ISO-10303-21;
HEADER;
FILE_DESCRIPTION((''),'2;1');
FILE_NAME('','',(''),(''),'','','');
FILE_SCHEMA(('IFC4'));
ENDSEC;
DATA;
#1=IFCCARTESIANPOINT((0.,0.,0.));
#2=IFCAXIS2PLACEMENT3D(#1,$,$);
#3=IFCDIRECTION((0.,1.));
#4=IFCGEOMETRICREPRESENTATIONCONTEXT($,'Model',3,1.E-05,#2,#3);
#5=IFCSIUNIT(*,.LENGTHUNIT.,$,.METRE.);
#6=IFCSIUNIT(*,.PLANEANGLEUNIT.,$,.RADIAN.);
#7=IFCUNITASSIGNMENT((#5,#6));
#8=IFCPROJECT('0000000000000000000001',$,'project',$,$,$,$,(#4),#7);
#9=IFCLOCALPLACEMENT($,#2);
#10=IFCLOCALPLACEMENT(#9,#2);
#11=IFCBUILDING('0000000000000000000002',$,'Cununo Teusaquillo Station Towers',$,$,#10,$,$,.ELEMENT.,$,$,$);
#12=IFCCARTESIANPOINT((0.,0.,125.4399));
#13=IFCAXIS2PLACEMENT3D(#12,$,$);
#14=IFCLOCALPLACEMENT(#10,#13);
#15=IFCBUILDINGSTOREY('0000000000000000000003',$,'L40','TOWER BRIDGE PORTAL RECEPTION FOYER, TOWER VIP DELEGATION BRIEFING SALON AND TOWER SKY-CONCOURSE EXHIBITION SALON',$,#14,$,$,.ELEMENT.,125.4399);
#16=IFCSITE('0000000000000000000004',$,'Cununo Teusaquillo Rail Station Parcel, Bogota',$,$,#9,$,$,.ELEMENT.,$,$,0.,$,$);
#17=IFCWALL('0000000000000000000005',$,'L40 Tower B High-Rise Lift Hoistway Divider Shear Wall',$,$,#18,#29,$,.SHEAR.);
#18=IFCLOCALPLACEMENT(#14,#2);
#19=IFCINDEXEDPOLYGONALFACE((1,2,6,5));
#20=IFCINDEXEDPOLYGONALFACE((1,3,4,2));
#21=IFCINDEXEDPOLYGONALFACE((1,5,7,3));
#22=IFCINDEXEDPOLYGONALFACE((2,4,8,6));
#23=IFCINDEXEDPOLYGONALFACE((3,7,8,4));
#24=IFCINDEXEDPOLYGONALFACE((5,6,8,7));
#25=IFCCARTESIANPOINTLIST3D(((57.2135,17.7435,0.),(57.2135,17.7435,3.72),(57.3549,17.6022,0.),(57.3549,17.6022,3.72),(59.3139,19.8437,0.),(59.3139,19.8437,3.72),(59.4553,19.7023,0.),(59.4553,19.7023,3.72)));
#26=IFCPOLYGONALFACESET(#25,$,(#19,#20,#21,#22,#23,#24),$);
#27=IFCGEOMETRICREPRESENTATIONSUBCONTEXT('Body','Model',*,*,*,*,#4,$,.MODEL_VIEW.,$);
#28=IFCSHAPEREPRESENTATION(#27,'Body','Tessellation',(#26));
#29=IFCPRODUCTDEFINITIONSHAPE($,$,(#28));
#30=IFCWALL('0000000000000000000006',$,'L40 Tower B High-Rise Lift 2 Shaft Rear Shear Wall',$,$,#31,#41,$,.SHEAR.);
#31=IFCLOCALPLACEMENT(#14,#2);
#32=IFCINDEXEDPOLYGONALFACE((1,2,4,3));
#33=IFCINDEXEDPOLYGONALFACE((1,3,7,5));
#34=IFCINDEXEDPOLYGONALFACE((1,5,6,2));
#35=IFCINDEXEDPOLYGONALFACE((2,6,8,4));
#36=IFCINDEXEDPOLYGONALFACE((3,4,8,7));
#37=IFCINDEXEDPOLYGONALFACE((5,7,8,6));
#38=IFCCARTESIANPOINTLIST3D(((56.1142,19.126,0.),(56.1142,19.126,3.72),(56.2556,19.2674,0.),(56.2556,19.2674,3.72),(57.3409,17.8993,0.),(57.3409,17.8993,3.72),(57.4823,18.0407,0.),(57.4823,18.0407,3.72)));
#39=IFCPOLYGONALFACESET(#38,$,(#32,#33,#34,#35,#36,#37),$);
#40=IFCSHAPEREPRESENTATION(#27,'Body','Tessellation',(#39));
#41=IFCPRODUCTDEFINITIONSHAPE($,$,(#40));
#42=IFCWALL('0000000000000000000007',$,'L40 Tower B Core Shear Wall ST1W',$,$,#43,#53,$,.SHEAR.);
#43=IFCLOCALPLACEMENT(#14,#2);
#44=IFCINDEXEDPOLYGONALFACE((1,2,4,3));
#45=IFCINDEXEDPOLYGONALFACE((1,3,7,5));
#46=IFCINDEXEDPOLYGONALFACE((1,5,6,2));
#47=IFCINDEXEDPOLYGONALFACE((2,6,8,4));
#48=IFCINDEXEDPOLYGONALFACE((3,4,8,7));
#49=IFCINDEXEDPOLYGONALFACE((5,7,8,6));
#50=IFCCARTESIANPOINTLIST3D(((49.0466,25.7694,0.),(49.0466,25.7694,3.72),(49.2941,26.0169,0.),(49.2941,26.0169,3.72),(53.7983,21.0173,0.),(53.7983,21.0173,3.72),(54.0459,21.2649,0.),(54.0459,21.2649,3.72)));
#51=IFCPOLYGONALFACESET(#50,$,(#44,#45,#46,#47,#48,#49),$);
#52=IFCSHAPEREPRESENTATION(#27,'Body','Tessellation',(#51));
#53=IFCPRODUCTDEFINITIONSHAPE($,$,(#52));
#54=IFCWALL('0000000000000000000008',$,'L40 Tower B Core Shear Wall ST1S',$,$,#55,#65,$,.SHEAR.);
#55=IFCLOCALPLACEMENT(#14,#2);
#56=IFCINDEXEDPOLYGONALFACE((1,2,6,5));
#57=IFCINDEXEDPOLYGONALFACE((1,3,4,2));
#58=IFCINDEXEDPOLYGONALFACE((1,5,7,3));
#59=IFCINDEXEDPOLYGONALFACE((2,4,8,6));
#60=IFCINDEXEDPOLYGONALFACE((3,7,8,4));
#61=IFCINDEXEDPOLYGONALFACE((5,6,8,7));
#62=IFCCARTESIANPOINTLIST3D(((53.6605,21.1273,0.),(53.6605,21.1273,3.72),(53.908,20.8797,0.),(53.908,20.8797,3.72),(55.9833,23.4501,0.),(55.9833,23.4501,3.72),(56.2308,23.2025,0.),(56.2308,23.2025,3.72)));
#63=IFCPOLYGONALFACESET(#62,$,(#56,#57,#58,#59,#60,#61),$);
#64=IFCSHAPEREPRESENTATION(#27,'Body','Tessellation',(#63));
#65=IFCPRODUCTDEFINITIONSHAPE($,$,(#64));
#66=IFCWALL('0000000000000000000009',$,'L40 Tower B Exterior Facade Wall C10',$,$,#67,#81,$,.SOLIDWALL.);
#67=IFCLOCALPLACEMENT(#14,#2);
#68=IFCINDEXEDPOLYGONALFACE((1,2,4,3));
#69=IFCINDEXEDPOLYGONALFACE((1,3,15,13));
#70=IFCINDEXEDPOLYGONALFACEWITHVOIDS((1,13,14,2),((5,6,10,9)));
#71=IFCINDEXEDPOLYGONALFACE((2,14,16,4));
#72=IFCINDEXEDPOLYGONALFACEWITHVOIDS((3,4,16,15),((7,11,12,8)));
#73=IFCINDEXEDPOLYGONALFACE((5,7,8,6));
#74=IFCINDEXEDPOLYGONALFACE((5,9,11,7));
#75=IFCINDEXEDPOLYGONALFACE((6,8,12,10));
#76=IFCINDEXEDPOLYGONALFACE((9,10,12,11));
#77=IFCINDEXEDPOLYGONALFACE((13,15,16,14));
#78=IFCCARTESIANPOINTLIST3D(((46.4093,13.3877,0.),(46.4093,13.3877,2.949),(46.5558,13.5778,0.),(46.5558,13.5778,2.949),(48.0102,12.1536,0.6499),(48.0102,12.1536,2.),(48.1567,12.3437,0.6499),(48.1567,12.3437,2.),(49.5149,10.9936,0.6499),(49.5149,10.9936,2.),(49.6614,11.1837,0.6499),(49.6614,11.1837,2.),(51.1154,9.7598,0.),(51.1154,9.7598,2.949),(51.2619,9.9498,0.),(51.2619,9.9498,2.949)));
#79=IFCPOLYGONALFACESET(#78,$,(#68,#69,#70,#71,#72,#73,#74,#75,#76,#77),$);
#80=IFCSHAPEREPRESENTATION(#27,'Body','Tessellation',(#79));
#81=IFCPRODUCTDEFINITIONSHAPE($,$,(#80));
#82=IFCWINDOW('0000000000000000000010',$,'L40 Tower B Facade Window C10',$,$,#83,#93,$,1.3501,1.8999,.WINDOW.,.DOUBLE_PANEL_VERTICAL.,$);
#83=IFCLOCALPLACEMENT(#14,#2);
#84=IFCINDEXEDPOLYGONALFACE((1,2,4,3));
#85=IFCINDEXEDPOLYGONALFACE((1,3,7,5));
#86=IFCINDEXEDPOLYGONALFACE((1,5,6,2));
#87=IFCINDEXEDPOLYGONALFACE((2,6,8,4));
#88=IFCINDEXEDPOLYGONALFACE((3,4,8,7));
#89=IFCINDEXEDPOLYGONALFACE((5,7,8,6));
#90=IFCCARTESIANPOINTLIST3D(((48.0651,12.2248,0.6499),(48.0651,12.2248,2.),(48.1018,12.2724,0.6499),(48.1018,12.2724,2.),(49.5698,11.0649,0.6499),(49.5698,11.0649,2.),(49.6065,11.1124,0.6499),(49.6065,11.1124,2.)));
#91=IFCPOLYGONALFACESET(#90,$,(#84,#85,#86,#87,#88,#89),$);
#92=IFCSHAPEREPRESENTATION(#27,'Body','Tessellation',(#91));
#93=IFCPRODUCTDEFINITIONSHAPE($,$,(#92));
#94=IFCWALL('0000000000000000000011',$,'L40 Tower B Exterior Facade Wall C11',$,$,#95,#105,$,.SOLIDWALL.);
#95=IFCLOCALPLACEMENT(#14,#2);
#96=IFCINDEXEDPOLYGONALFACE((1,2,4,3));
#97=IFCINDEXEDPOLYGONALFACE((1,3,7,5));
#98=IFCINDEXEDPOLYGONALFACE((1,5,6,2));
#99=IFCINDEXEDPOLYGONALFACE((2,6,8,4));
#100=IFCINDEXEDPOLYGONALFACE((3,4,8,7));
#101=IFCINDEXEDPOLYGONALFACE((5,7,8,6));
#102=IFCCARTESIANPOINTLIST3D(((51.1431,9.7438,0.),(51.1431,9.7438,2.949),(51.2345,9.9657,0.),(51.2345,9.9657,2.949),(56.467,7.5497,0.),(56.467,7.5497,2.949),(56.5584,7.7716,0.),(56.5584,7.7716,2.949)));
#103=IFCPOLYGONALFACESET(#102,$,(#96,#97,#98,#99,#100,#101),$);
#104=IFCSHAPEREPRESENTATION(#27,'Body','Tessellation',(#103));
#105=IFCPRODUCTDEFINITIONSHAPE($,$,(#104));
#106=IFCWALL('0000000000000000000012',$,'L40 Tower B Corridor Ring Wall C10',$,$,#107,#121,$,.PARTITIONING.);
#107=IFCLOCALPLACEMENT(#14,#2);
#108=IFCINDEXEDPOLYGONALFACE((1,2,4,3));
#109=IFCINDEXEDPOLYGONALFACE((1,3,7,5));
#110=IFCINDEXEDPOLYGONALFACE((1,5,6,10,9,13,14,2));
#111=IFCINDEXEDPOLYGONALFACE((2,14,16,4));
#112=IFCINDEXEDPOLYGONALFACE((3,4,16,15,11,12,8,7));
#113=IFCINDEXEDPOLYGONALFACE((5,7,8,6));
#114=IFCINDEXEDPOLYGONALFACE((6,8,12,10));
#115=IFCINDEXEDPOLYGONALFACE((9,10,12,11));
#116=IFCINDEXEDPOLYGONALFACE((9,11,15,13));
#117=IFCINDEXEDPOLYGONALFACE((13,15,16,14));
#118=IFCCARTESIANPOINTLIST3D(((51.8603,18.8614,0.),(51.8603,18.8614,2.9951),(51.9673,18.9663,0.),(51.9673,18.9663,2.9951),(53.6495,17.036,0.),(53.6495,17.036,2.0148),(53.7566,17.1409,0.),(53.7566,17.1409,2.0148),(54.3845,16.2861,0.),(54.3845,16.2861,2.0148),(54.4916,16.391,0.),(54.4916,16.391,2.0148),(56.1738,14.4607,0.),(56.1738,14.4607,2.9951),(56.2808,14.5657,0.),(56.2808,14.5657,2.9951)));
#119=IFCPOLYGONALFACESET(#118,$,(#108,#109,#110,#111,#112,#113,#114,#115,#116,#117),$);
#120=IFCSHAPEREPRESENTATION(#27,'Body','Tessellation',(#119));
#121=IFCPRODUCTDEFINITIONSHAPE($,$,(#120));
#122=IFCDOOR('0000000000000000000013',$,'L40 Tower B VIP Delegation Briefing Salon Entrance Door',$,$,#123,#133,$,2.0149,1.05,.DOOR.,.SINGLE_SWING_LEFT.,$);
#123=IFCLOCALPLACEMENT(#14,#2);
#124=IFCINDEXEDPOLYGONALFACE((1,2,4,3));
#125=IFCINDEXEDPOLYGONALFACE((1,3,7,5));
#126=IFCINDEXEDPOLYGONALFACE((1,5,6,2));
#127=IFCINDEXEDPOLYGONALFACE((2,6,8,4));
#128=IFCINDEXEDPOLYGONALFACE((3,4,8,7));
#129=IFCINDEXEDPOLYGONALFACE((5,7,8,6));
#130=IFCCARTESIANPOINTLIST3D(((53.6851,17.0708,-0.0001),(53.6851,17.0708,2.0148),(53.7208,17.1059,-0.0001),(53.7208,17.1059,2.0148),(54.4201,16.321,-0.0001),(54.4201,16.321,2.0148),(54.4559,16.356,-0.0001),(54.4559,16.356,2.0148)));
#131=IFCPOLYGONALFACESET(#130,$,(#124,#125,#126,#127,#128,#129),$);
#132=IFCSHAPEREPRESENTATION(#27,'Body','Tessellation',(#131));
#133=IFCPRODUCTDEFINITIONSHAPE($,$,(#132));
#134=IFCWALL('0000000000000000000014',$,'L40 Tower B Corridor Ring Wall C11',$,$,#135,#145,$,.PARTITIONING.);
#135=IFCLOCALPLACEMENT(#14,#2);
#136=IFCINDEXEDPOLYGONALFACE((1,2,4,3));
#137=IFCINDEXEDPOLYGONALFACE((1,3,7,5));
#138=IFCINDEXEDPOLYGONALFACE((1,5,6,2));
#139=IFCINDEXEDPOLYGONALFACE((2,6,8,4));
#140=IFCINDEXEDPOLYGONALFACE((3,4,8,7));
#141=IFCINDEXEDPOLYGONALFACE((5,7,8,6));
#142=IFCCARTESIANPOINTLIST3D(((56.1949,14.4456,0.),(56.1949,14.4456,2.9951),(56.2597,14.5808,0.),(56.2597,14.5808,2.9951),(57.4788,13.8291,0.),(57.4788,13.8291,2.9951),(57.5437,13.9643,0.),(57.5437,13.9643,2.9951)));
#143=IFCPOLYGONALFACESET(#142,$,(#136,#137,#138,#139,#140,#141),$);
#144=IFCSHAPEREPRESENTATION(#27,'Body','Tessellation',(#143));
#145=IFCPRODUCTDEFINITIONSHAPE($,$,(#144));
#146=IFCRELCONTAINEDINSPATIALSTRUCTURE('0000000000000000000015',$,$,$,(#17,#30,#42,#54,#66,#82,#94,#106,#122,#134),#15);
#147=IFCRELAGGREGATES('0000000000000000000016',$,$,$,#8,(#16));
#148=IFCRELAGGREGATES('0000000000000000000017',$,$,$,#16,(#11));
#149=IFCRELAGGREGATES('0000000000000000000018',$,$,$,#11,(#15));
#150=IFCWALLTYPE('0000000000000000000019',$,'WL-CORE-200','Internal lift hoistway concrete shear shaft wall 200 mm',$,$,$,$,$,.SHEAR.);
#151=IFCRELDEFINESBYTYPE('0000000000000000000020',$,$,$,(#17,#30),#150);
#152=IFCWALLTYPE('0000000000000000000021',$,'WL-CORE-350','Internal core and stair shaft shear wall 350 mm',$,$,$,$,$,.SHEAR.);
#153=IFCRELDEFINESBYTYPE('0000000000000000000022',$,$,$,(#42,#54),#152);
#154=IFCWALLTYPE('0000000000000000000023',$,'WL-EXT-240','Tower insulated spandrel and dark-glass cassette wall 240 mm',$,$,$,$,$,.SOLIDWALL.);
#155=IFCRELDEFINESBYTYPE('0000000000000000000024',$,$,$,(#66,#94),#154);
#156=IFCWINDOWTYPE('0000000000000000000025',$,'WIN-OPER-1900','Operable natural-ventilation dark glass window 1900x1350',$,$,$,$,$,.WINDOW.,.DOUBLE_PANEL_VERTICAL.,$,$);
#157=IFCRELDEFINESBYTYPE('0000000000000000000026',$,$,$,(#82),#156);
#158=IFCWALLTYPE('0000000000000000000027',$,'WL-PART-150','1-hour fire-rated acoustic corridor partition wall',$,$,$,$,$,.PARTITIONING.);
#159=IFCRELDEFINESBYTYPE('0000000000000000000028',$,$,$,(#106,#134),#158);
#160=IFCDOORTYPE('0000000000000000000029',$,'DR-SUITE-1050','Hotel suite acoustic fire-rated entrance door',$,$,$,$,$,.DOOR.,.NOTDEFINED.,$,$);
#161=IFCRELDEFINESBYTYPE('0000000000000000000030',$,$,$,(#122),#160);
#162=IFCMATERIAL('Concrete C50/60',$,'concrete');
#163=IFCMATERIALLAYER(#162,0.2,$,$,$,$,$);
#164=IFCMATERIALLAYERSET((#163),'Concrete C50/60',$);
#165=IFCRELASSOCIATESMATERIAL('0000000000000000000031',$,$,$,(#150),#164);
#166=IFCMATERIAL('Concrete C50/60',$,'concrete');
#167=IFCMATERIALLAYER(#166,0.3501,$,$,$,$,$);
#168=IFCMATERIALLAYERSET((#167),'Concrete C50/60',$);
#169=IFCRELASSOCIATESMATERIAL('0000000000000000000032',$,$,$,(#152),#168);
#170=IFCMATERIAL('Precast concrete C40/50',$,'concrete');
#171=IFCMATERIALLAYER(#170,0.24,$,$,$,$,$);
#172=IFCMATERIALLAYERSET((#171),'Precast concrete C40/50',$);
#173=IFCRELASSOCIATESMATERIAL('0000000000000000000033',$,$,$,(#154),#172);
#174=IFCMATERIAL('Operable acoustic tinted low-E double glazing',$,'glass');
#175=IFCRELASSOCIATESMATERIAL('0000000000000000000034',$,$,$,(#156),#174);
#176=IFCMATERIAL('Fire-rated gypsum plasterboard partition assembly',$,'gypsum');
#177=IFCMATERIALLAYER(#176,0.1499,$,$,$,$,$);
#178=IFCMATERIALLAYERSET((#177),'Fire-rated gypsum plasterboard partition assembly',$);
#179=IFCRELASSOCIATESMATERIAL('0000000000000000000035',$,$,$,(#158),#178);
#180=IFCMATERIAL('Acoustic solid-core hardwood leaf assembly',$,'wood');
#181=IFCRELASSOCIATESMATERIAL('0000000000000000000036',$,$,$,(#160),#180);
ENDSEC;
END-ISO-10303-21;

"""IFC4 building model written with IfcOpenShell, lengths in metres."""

from ifc_helpers import new_model, si_unit, direction, frame, frame_2d, origin, place, context, subcontext, project, spatial, rectangle, extrude, source, transform, mapped, material, layer, layer_set, type_object, element, fill, save


model = new_model("IFC4")

# Units and contexts
model_context = context("Model", 3, precision=1e-05, world=origin(), true_north=direction((0.0, 1.0)))
body_context = subcontext(model_context, "Body", "Model", "MODEL_VIEW")
ifc_project = project(units=[si_unit("LENGTHUNIT", "METRE"), si_unit("PLANEANGLEUNIT", "RADIAN")], contexts=[model_context])

# Site, building, storey
site_placement = place(None, origin())
site = spatial("IfcSite", under=ifc_project, at=site_placement, Name="Cununo Teusaquillo Rail Station Parcel, Bogota", CompositionType="ELEMENT", RefElevation=0.0)
building_placement = place(site_placement, origin())
building = spatial("IfcBuilding", under=site, at=building_placement, Name="Cununo Teusaquillo Station Towers", CompositionType="ELEMENT")
storey_placement = place(building_placement, frame((0.0, 0.0, 125.4399)))
storey = spatial("IfcBuildingStorey", under=building, at=storey_placement, Name="L40", Description="TOWER BRIDGE PORTAL RECEPTION FOYER, TOWER VIP DELEGATION BRIEFING SALON AND TOWER SKY-CONCOURSE EXHIBITION SALON", CompositionType="ELEMENT", Elevation=125.4399)

# Walls
ifc_material_1 = material(Name="Concrete C50/60", Category="concrete")
ifc_layer_1 = layer(ifc_material_1, 0.2)
ifc_layer_set_1 = layer_set([ifc_layer_1], Name="Concrete C50/60")
wall_type_1 = type_object("IfcWallType", Name="WL-CORE-200", Description="Internal lift hoistway concrete shear shaft wall 200 mm", PredefinedType="SHEAR", material=ifc_layer_set_1)
wall_1_placement = place(storey_placement, frame((57.2842, 17.6729, 0.0), z_axis=(0.0, 0.0, 1.0), x_axis=(0.707148, 0.707066, 0.0)))
element("IfcWall", 1, at=wall_1_placement, inside=storey, type_object=wall_type_1, Name="L40 Tower B High-Rise Lift Hoistway Divider Shear Wall", PredefinedType="SHEAR", context=body_context, shape_type="SweptSolid", body=[
    extrude(rectangle(XDim=2.9702, YDim=0.2, at=frame_2d((1.4851, 0.0))), origin(), (0.0, 0.0, 1.0), 3.72),
])
wall_2_placement = place(storey_placement, frame((57.4116, 17.97, 0.0), z_axis=(0.0, 0.0, 1.0), x_axis=(-0.707107, 0.707107, 0.0)))
element("IfcWall", 2, at=wall_2_placement, inside=storey, type_object=wall_type_1, Name="L40 Tower B High-Rise Lift 2 Shaft Rear Shear Wall", PredefinedType="SHEAR", context=body_context, shape_type="SweptSolid", body=[
    extrude(rectangle(XDim=1.7349, YDim=0.2, at=frame_2d((0.8674, 0.0))), origin(), (0.0, 0.0, 1.0), 3.72),
])
ifc_material_2 = material(Name="Concrete C50/60", Category="concrete")
ifc_layer_2 = layer(ifc_material_2, 0.3501)
ifc_layer_set_2 = layer_set([ifc_layer_2], Name="Concrete C50/60")
wall_type_2 = type_object("IfcWallType", Name="WL-CORE-350", Description="Internal core and stair shaft shear wall 350 mm", PredefinedType="SHEAR", material=ifc_layer_set_2)
wall_3_placement = place(storey_placement, frame((53.9221, 21.1411, 0.0), z_axis=(0.0, 0.0, 1.0), x_axis=(-0.707089, 0.707125, 0.0)))
element("IfcWall", 3, at=wall_3_placement, inside=storey, type_object=wall_type_2, Name="L40 Tower B Core Shear Wall ST1W", PredefinedType="SHEAR", context=body_context, shape_type="SweptSolid", body=[
    extrude(rectangle(XDim=6.7202, YDim=0.3501, at=frame_2d((3.3601, 0.0))), origin(), (0.0, 0.0, 1.0), 3.72),
])
wall_4_placement = place(storey_placement, frame((53.7842, 21.0034, 0.0), z_axis=(0.0, 0.0, 1.0), x_axis=(0.707107, 0.707107, 0.0)))
element("IfcWall", 4, at=wall_4_placement, inside=storey, type_object=wall_type_2, Name="L40 Tower B Core Shear Wall ST1S", PredefinedType="SHEAR", context=body_context, shape_type="SweptSolid", body=[
    extrude(rectangle(XDim=3.2849, YDim=0.3501, at=frame_2d((1.6426, 0.0))), origin(), (0.0, 0.0, 1.0), 3.72),
])

# Wall, opening, window
ifc_material_3 = material(Name="Precast concrete C40/50", Category="concrete")
ifc_layer_3 = layer(ifc_material_3, 0.24)
ifc_layer_set_3 = layer_set([ifc_layer_3], Name="Precast concrete C40/50")
wall_type_3 = type_object("IfcWallType", Name="WL-EXT-240", Description="Tower insulated spandrel and dark-glass cassette wall 240 mm", PredefinedType="SOLIDWALL", material=ifc_layer_set_3)
wall_5_placement = place(storey_placement, frame((51.1887, 9.8547, 0.0), z_axis=(0.0, 0.0, 1.0), x_axis=(-0.791982, 0.610544, 0.0)))
wall_5 = element("IfcWall", 5, at=wall_5_placement, inside=storey, type_object=wall_type_3, Name="L40 Tower B Exterior Facade Wall C10", PredefinedType="SOLIDWALL", context=body_context, shape_type="SweptSolid", body=[
    extrude(rectangle(XDim=5.9421, YDim=0.24, at=frame_2d((2.9712, 0.0))), origin(), (0.0, 0.0, 1.0), 2.949),
])
shared_shape_1 = source(origin(), body_context, "Body", "SweptSolid", [
    extrude(rectangle(XDim=1.8999, YDim=1.3501, at=frame_2d((0.95, 0.675))), frame((0.0, 0.1299, 0.0), z_axis=(0.0, -1.0, 0.0), x_axis=(1.0, 0.0, 0.0)), (0.0, 0.0, 1.0), 0.26),
])
opening_1_placement = place(wall_5_placement, frame((2.021, 0.0, 0.6499)))
opening_1 = element("IfcOpeningElement", 6, at=opening_1_placement, cuts=wall_5, PredefinedType="OPENING", context=body_context, shape_type="MappedRepresentation", body=[
    mapped(shared_shape_1, transform((0.0, 0.0, 0.0), x_axis=(1.0, 0.0, 0.0), y_axis=(0.0, 1.0, 0.0), z_axis=(0.0, 0.0, 1.0), scale=1.0)),
])
ifc_material_4 = material(Name="Operable acoustic tinted low-E double glazing", Category="glass")
window_type = type_object("IfcWindowType", Name="WIN-OPER-1900", Description="Operable natural-ventilation dark glass window 1900x1350", PartitioningType="DOUBLE_PANEL_VERTICAL", PredefinedType="WINDOW", material=ifc_material_4)
shared_shape_2 = source(origin(), body_context, "Body", "SweptSolid", [
    extrude(rectangle(XDim=1.8999, YDim=1.3501, at=frame_2d((0.95, 0.675))), frame((0.0, 0.03, 0.0), z_axis=(0.0, -1.0, 0.0), x_axis=(1.0, 0.0, 0.0)), (0.0, 0.0, 1.0), 0.0601),
])
window_placement = place(opening_1_placement, origin())
window = element("IfcWindow", 7, at=window_placement, inside=storey, type_object=window_type, Name="L40 Tower B Facade Window C10", OverallHeight=1.3501, OverallWidth=1.8999, PartitioningType="DOUBLE_PANEL_VERTICAL", PredefinedType="WINDOW", context=body_context, shape_type="MappedRepresentation", body=[
    mapped(shared_shape_2, transform((0.0, 0.0, 0.0), x_axis=(1.0, 0.0, 0.0), y_axis=(0.0, 1.0, 0.0), z_axis=(0.0, 0.0, 1.0), scale=1.0)),
])
fill(opening_1, window)

# Wall
wall_6_placement = place(storey_placement, frame((56.5127, 7.6606, 0.0), z_axis=(0.0, 0.0, 1.0), x_axis=(-0.924564, 0.381027, 0.0)))
element("IfcWall", 8, at=wall_6_placement, inside=storey, type_object=wall_type_3, Name="L40 Tower B Exterior Facade Wall C11", PredefinedType="SOLIDWALL", context=body_context, shape_type="SweptSolid", body=[
    extrude(rectangle(XDim=5.7583, YDim=0.24, at=frame_2d((2.8792, 0.0))), origin(), (0.0, 0.0, 1.0), 2.949),
])

# Wall, opening, door
ifc_material_5 = material(Name="Fire-rated gypsum plasterboard partition assembly", Category="gypsum")
ifc_layer_4 = layer(ifc_material_5, 0.1499)
ifc_layer_set_4 = layer_set([ifc_layer_4], Name="Fire-rated gypsum plasterboard partition assembly")
wall_type_4 = type_object("IfcWallType", Name="WL-PART-150", Description="1-hour fire-rated acoustic corridor partition wall", PredefinedType="PARTITIONING", material=ifc_layer_set_4)
wall_7_placement = place(storey_placement, frame((51.9138, 18.9138, 0.0), z_axis=(0.0, 0.0, 1.0), x_axis=(0.699999, -0.714144, 0.0)))
wall_7 = element("IfcWall", 9, at=wall_7_placement, inside=storey, type_object=wall_type_4, Name="L40 Tower B Corridor Ring Wall C10", PredefinedType="PARTITIONING", context=body_context, shape_type="SweptSolid", body=[
    extrude(rectangle(XDim=6.1621, YDim=0.1499, at=frame_2d((3.0811, 0.0))), origin(), (0.0, 0.0, 1.0), 2.9951),
])
shared_shape_3 = source(origin(), body_context, "Body", "SweptSolid", [
    extrude(rectangle(XDim=1.05, YDim=2.0149, at=frame_2d((0.5249, 1.0073))), frame((0.0, 0.085, 0.0), z_axis=(0.0, -1.0, 0.0), x_axis=(1.0, 0.0, 0.0)), (0.0, 0.0, 1.0), 0.1699),
])
opening_2_placement = place(wall_7_placement, frame((2.5562, 0.0, 0.0)))
opening_2 = element("IfcOpeningElement", 10, at=opening_2_placement, cuts=wall_7, PredefinedType="OPENING", context=body_context, shape_type="MappedRepresentation", body=[
    mapped(shared_shape_3, transform((0.0, 0.0, 0.0), x_axis=(1.0, 0.0, 0.0), y_axis=(0.0, 1.0, 0.0), z_axis=(0.0, 0.0, 1.0), scale=1.0)),
])
ifc_material_6 = material(Name="Acoustic solid-core hardwood leaf assembly", Category="wood")
door_type_1 = type_object("IfcDoorType", Name="DR-SUITE-1050", Description="Hotel suite acoustic fire-rated entrance door", OperationType="NOTDEFINED", PredefinedType="DOOR", material=ifc_material_6)
shared_shape_4 = source(origin(), body_context, "Body", "SweptSolid", [
    extrude(rectangle(XDim=1.05, YDim=2.0149, at=frame_2d((0.5249, 1.0073))), frame((0.0, 0.0249, 0.0), z_axis=(0.0, -1.0, 0.0), x_axis=(1.0, 0.0, 0.0)), (0.0, 0.0, 1.0), 0.05),
])
door_1_placement = place(opening_2_placement, origin())
door_1 = element("IfcDoor", 11, at=door_1_placement, inside=storey, type_object=door_type_1, Name="L40 Tower B VIP Delegation Briefing Salon Entrance Door", OperationType="SINGLE_SWING_LEFT", OverallHeight=2.0149, OverallWidth=1.05, PredefinedType="DOOR", context=body_context, shape_type="MappedRepresentation", body=[
    mapped(shared_shape_4, transform((0.0, 0.0, 0.0), x_axis=(1.0, 0.0, 0.0), y_axis=(0.0, 1.0, 0.0), z_axis=(0.0, 0.0, 1.0), scale=1.0)),
])
fill(opening_2, door_1)

# Wall
wall_8_placement = place(storey_placement, frame((56.2273, 14.5132, 0.0), z_axis=(0.0, 0.0, 1.0), x_axis=(0.901478, -0.432826, 0.0)))
element("IfcWall", 12, at=wall_8_placement, inside=storey, type_object=wall_type_4, Name="L40 Tower B Corridor Ring Wall C11", PredefinedType="PARTITIONING", context=body_context, shape_type="SweptSolid", body=[
    extrude(rectangle(XDim=1.4243, YDim=0.1499, at=frame_2d((0.7122, 0.0))), origin(), (0.0, 0.0, 1.0), 2.9951),
])

save(model, "model.ifc")
